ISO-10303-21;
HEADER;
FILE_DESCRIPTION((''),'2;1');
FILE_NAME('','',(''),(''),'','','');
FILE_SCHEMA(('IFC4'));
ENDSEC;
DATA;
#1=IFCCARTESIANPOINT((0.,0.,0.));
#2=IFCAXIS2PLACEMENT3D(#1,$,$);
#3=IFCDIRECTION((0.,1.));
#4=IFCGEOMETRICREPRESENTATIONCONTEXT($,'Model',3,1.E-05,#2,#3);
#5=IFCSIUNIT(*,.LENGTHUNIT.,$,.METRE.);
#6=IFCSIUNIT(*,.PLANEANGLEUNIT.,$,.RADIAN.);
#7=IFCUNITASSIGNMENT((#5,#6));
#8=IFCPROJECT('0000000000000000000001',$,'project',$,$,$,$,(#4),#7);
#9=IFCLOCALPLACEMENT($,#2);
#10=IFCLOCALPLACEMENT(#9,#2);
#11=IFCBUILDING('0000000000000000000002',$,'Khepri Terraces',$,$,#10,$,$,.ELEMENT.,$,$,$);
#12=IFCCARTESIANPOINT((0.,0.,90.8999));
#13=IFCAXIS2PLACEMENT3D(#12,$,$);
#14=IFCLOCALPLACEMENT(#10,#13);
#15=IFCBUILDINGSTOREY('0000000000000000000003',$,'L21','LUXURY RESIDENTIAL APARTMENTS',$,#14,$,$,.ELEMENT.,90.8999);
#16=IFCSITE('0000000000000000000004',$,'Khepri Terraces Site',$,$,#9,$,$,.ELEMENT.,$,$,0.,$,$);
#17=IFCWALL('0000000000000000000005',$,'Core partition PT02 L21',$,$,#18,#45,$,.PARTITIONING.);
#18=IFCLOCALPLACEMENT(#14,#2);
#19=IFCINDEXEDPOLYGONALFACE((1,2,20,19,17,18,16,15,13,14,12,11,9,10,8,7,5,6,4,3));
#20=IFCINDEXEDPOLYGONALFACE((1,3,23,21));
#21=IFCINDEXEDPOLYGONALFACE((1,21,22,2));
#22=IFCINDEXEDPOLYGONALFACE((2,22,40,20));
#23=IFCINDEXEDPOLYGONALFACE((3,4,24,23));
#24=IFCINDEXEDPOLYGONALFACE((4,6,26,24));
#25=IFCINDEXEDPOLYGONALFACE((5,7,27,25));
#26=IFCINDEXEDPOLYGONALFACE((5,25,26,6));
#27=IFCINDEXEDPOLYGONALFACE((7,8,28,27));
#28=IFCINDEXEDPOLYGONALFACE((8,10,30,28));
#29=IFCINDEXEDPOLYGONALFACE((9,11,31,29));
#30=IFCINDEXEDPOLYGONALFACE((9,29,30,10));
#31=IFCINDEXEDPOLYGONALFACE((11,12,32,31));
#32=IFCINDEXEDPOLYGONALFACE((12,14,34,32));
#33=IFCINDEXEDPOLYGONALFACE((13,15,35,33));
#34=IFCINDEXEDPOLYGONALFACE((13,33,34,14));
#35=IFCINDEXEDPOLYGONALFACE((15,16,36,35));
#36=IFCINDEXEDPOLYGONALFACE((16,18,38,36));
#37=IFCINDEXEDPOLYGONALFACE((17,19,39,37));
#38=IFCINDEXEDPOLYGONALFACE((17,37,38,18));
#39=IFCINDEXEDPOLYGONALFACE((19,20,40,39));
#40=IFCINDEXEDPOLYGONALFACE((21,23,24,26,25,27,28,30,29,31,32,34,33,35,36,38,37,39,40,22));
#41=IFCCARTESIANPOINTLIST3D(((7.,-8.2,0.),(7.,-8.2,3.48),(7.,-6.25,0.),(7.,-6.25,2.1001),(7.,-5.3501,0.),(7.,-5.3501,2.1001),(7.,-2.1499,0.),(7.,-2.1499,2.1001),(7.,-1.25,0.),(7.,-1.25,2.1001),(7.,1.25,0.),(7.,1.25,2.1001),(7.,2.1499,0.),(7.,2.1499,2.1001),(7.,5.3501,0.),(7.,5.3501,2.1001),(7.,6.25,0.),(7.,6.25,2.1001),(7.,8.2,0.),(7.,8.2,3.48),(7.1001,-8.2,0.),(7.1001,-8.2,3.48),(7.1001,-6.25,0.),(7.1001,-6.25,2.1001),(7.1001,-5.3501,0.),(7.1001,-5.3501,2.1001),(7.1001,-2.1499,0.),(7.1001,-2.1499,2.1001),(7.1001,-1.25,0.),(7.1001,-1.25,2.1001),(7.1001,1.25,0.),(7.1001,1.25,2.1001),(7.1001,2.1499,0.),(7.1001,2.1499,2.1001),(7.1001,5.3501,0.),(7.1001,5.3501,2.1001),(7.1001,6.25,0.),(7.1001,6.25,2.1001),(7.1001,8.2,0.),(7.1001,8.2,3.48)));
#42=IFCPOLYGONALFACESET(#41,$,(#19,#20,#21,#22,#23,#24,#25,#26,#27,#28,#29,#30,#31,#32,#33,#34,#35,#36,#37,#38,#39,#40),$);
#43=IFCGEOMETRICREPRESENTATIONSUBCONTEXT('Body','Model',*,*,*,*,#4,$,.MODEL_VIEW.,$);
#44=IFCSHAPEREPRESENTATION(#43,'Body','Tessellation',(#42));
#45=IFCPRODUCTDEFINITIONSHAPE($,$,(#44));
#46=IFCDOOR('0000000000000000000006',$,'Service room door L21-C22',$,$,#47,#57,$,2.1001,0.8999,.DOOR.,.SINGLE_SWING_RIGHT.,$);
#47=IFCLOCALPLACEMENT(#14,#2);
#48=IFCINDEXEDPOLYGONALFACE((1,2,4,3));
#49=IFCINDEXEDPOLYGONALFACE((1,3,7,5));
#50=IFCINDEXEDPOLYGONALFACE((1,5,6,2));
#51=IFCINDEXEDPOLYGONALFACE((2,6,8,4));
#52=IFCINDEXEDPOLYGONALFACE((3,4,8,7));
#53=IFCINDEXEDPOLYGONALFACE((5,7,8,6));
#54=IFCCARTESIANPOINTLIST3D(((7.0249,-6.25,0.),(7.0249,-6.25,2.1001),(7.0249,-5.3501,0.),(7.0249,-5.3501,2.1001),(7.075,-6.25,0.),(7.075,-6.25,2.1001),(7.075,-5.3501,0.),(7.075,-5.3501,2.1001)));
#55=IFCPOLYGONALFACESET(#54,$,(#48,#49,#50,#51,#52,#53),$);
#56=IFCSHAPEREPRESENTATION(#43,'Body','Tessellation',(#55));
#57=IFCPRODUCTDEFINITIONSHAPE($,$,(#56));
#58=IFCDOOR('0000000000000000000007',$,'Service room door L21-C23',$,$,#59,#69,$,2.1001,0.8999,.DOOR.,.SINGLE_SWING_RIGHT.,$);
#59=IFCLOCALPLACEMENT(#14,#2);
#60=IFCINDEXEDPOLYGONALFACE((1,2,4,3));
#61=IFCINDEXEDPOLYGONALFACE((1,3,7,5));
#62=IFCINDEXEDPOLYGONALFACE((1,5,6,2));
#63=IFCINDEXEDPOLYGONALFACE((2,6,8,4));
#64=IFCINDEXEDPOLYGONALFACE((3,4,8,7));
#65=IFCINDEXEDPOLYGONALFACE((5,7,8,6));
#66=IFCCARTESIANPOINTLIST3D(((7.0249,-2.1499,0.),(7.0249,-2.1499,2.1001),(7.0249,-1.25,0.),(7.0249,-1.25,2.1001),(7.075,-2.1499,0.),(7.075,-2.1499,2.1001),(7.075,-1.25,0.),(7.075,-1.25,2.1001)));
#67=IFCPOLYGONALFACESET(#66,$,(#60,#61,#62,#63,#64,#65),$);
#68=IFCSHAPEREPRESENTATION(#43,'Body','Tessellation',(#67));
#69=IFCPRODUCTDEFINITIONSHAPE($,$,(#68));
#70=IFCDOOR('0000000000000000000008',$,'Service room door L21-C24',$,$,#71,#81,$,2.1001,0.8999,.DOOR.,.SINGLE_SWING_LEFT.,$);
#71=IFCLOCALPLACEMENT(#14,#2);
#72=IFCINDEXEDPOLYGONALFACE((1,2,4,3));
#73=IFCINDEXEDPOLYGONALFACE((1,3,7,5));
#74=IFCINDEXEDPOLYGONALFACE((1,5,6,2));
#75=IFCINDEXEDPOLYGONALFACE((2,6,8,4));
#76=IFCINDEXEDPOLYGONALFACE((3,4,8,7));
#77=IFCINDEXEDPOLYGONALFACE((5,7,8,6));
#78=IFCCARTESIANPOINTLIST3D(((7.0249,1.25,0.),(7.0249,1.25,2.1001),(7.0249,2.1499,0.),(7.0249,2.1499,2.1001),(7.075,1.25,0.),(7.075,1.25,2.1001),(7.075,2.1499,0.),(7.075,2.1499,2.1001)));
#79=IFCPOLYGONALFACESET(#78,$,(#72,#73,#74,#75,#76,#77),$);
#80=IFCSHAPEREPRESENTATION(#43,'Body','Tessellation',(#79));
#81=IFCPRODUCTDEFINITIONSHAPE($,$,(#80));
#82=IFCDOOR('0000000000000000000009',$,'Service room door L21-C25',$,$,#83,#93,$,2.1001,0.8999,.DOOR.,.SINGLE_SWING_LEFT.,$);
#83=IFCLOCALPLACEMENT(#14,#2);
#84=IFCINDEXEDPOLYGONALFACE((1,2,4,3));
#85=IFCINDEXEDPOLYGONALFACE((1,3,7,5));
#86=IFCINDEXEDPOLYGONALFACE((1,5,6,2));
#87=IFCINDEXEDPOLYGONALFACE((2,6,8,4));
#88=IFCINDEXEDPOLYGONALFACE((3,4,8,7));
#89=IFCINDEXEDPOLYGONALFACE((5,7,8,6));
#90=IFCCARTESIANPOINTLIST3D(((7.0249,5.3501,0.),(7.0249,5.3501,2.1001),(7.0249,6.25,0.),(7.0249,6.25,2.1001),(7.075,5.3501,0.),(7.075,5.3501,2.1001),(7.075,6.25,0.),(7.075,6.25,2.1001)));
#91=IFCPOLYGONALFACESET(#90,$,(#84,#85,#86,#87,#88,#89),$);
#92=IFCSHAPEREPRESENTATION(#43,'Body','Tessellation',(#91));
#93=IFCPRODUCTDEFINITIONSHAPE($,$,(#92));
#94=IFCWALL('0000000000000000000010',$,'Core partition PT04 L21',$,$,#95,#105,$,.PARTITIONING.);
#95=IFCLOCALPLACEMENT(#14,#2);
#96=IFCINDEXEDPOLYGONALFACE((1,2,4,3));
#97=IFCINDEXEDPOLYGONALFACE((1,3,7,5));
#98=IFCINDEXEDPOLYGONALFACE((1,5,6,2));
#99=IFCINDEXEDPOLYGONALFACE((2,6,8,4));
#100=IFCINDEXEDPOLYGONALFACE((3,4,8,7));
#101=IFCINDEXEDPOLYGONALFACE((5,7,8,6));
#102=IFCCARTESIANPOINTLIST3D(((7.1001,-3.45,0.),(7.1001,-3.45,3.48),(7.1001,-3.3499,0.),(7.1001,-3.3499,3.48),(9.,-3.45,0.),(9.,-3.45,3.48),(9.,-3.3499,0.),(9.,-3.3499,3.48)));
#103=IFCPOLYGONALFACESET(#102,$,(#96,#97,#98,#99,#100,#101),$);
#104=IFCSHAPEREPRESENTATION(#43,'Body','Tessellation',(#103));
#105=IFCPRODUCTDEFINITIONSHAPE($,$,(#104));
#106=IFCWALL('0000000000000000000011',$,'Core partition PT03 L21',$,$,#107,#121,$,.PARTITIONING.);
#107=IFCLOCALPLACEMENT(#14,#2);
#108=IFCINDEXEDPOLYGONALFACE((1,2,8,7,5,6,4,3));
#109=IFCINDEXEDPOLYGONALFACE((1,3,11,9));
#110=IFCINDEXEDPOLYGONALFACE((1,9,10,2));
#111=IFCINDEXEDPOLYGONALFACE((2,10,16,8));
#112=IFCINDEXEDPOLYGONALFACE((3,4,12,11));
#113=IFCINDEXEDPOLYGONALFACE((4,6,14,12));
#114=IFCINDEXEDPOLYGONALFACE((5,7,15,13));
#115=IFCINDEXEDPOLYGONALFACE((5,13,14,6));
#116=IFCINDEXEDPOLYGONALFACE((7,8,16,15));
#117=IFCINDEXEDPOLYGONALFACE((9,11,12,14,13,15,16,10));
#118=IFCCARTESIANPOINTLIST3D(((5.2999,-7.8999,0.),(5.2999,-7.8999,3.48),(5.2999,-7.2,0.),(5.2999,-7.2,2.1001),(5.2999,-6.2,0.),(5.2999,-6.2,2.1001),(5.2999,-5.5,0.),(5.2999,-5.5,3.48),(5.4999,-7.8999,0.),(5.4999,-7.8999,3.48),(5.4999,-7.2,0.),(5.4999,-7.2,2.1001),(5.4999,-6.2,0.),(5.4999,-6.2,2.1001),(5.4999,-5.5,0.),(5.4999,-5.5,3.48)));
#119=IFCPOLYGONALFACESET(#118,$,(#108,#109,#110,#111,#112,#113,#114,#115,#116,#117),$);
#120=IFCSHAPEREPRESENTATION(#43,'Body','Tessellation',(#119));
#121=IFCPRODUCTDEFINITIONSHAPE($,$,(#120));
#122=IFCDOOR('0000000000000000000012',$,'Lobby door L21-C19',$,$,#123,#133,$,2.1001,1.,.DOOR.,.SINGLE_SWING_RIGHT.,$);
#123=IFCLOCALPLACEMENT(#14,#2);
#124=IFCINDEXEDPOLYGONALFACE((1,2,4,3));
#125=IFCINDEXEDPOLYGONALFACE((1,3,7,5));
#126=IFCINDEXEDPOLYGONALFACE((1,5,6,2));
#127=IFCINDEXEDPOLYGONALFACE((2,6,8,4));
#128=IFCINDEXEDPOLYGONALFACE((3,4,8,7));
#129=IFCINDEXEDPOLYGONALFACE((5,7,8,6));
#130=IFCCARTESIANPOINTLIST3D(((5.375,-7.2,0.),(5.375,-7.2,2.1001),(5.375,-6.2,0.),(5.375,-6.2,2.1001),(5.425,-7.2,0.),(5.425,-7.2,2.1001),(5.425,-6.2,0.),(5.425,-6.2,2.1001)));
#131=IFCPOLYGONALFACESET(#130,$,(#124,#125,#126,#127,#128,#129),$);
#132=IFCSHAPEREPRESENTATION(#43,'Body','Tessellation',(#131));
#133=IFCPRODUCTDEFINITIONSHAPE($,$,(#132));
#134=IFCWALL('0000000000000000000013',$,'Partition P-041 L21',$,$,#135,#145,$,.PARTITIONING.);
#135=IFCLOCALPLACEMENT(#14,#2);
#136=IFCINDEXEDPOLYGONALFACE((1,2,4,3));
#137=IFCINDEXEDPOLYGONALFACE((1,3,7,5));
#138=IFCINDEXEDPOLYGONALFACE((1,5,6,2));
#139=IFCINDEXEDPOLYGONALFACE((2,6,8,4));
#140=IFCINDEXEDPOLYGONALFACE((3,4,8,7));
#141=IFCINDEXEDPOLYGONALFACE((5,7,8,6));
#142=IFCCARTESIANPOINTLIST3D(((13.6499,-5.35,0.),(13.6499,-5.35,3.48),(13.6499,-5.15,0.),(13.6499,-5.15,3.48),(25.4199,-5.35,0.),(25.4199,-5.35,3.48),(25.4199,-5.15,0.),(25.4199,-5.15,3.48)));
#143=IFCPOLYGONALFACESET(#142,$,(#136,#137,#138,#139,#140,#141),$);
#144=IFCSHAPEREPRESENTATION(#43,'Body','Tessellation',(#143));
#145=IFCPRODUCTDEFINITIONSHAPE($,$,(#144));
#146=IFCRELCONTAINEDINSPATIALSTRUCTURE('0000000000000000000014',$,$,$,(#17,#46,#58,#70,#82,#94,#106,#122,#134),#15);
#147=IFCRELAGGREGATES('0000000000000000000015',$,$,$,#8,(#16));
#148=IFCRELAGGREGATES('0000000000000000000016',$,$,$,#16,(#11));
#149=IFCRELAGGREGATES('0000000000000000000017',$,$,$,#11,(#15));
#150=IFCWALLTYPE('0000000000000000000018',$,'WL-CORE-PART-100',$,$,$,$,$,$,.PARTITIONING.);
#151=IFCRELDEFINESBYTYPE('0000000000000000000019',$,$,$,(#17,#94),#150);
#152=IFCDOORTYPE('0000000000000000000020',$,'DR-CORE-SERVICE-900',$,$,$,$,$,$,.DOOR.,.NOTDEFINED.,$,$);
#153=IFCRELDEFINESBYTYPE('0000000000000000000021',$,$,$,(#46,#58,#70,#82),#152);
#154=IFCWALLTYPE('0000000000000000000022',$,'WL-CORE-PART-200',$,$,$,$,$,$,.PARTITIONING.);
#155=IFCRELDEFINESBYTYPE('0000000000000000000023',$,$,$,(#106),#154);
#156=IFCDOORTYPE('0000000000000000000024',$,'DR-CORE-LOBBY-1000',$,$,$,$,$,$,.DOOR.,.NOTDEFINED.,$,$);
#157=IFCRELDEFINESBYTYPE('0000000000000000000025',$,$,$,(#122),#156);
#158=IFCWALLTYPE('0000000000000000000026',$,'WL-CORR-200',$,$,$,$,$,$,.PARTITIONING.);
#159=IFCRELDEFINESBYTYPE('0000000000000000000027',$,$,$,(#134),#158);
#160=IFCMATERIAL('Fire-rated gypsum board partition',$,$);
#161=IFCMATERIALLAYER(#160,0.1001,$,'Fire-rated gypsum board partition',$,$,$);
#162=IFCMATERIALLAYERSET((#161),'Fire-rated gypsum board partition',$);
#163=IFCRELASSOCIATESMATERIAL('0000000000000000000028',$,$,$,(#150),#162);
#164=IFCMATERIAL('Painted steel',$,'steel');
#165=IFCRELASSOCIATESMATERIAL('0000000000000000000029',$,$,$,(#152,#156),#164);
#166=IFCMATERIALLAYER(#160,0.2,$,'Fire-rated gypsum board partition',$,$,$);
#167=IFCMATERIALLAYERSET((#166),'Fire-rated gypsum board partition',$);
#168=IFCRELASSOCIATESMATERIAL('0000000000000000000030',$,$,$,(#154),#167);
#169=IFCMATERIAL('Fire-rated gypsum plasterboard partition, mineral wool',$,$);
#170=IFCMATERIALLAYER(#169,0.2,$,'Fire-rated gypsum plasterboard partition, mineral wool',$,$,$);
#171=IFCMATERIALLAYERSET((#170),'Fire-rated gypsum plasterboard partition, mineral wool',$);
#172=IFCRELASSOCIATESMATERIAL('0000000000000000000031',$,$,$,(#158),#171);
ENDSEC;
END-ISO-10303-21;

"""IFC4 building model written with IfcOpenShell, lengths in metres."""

from ifc_helpers import new_model, si_unit, direction, frame, frame_2d, origin, place, context, subcontext, project, spatial, rectangle, extrude, material, layer, layer_set, type_object, element, fill, save


model = new_model("IFC4")

# Units and contexts
model_context = context("Model", 3, precision=1e-05, world=origin(), true_north=direction((0.0, 1.0)))
body_context = subcontext(model_context, "Body", "Model", "MODEL_VIEW")
ifc_project = project(units=[si_unit("LENGTHUNIT", "METRE"), si_unit("PLANEANGLEUNIT", "RADIAN")], contexts=[model_context])

# Site, building, storey
site_placement = place(None, origin())
site = spatial("IfcSite", under=ifc_project, at=site_placement, Name="Khepri Terraces Site", CompositionType="ELEMENT", RefElevation=0.0)
building_placement = place(site_placement, origin())
building = spatial("IfcBuilding", under=site, at=building_placement, Name="Khepri Terraces", CompositionType="ELEMENT")
storey_placement = place(building_placement, frame((0.0, 0.0, 90.8999)))
storey = spatial("IfcBuildingStorey", under=building, at=storey_placement, Name="L21", Description="LUXURY RESIDENTIAL APARTMENTS", CompositionType="ELEMENT", Elevation=90.8999)

# Shared definitions
ifc_material_1 = material(Name="Painted steel", Category="steel")

# Wall, openings, doors
ifc_material_2 = material(Name="Fire-rated gypsum board partition")
ifc_layer_1 = layer(ifc_material_2, 0.1001, Name="Fire-rated gypsum board partition")
ifc_layer_set_1 = layer_set([ifc_layer_1], Name="Fire-rated gypsum board partition")
wall_type_1 = type_object("IfcWallType", Name="WL-CORE-PART-100", PredefinedType="PARTITIONING", material=ifc_layer_set_1)
wall_1_placement = place(storey_placement, frame((7.05, -8.2, 0.0), z_axis=(0.0, 0.0, 1.0), x_axis=(0.0, 1.0, 0.0)))
wall_1 = element("IfcWall", 1, at=wall_1_placement, inside=storey, type_object=wall_type_1, Name="Core partition PT02 L21", PredefinedType="PARTITIONING", context=body_context, shape_type="SweptSolid", body=[
    extrude(rectangle(XDim=16.3999, YDim=0.1001, at=frame_2d((8.2, 0.0))), origin(), (0.0, 0.0, 1.0), 3.48),
])
opening_1_placement = place(wall_1_placement, frame((1.95, 0.0, 0.0)))
opening_1 = element("IfcOpeningElement", 2, at=opening_1_placement, cuts=wall_1, PredefinedType="OPENING", context=body_context, shape_type="SweptSolid", body=[
    extrude(rectangle(XDim=0.8999, YDim=2.1001, at=frame_2d((0.45, 1.05))), frame((0.0, 0.0601, 0.0), z_axis=(0.0, -1.0, 0.0), x_axis=(1.0, 0.0, 0.0)), (0.0, 0.0, 1.0), 0.1201),
])
opening_2_placement = place(wall_1_placement, frame((6.05, 0.0, 0.0)))
opening_2 = element("IfcOpeningElement", 3, at=opening_2_placement, cuts=wall_1, PredefinedType="OPENING", context=body_context, shape_type="SweptSolid", body=[
    extrude(rectangle(XDim=0.8999, YDim=2.1001, at=frame_2d((0.45, 1.05))), frame((0.0, 0.0601, 0.0), z_axis=(0.0, -1.0, 0.0), x_axis=(1.0, 0.0, 0.0)), (0.0, 0.0, 1.0), 0.1201),
])
opening_3_placement = place(wall_1_placement, frame((9.45, 0.0, 0.0)))
opening_3 = element("IfcOpeningElement", 4, at=opening_3_placement, cuts=wall_1, PredefinedType="OPENING", context=body_context, shape_type="SweptSolid", body=[
    extrude(rectangle(XDim=0.8999, YDim=2.1001, at=frame_2d((0.45, 1.05))), frame((0.0, 0.0601, 0.0), z_axis=(0.0, -1.0, 0.0), x_axis=(1.0, 0.0, 0.0)), (0.0, 0.0, 1.0), 0.1201),
])
opening_4_placement = place(wall_1_placement, frame((13.55, 0.0, 0.0)))
opening_4 = element("IfcOpeningElement", 5, at=opening_4_placement, cuts=wall_1, PredefinedType="OPENING", context=body_context, shape_type="SweptSolid", body=[
    extrude(rectangle(XDim=0.8999, YDim=2.1001, at=frame_2d((0.45, 1.05))), frame((0.0, 0.0601, 0.0), z_axis=(0.0, -1.0, 0.0), x_axis=(1.0, 0.0, 0.0)), (0.0, 0.0, 1.0), 0.1201),
])
door_type_1 = type_object("IfcDoorType", Name="DR-CORE-SERVICE-900", OperationType="NOTDEFINED", PredefinedType="DOOR", material=ifc_material_1)
door_1_placement = place(opening_1_placement, frame((0.8999, 0.0, 0.0), z_axis=(0.0, 0.0, 1.0), x_axis=(-1.0, 0.0, 0.0)))
door_1 = element("IfcDoor", 6, at=door_1_placement, inside=storey, type_object=door_type_1, Name="Service room door L21-C22", OperationType="SINGLE_SWING_RIGHT", OverallHeight=2.1001, OverallWidth=0.8999, PredefinedType="DOOR", context=body_context, shape_type="SweptSolid", body=[
    extrude(rectangle(XDim=0.8999, YDim=2.1001, at=frame_2d((0.45, 1.05))), frame((0.0, 0.0249, 0.0), z_axis=(0.0, -1.0, 0.0), x_axis=(1.0, 0.0, 0.0)), (0.0, 0.0, 1.0), 0.05),
])
fill(opening_1, door_1)
door_2_placement = place(opening_2_placement, frame((0.8999, 0.0, 0.0), z_axis=(0.0, 0.0, 1.0), x_axis=(-1.0, 0.0, 0.0)))
door_2 = element("IfcDoor", 7, at=door_2_placement, inside=storey, type_object=door_type_1, Name="Service room door L21-C23", OperationType="SINGLE_SWING_RIGHT", OverallHeight=2.1001, OverallWidth=0.8999, PredefinedType="DOOR", context=body_context, shape_type="SweptSolid", body=[
    extrude(rectangle(XDim=0.8999, YDim=2.1001, at=frame_2d((0.45, 1.05))), frame((0.0, 0.0249, 0.0), z_axis=(0.0, -1.0, 0.0), x_axis=(1.0, 0.0, 0.0)), (0.0, 0.0, 1.0), 0.05),
])
fill(opening_2, door_2)
door_3_placement = place(opening_3_placement, frame((0.8999, 0.0, 0.0), z_axis=(0.0, 0.0, 1.0), x_axis=(-1.0, 0.0, 0.0)))
door_3 = element("IfcDoor", 8, at=door_3_placement, inside=storey, type_object=door_type_1, Name="Service room door L21-C24", OperationType="SINGLE_SWING_LEFT", OverallHeight=2.1001, OverallWidth=0.8999, PredefinedType="DOOR", context=body_context, shape_type="SweptSolid", body=[
    extrude(rectangle(XDim=0.8999, YDim=2.1001, at=frame_2d((0.45, 1.05))), frame((0.0, 0.0249, 0.0), z_axis=(0.0, -1.0, 0.0), x_axis=(1.0, 0.0, 0.0)), (0.0, 0.0, 1.0), 0.05),
])
fill(opening_3, door_3)
door_4_placement = place(opening_4_placement, frame((0.8999, 0.0, 0.0), z_axis=(0.0, 0.0, 1.0), x_axis=(-1.0, 0.0, 0.0)))
door_4 = element("IfcDoor", 9, at=door_4_placement, inside=storey, type_object=door_type_1, Name="Service room door L21-C25", OperationType="SINGLE_SWING_LEFT", OverallHeight=2.1001, OverallWidth=0.8999, PredefinedType="DOOR", context=body_context, shape_type="SweptSolid", body=[
    extrude(rectangle(XDim=0.8999, YDim=2.1001, at=frame_2d((0.45, 1.05))), frame((0.0, 0.0249, 0.0), z_axis=(0.0, -1.0, 0.0), x_axis=(1.0, 0.0, 0.0)), (0.0, 0.0, 1.0), 0.05),
])
fill(opening_4, door_4)

# Wall
wall_2_placement = place(storey_placement, frame((7.1001, -3.3999, 0.0), z_axis=(0.0, 0.0, 1.0), x_axis=(1.0, 0.0, 0.0)))
element("IfcWall", 10, at=wall_2_placement, inside=storey, type_object=wall_type_1, Name="Core partition PT04 L21", PredefinedType="PARTITIONING", context=body_context, shape_type="SweptSolid", body=[
    extrude(rectangle(XDim=1.8999, YDim=0.1001, at=frame_2d((0.95, 0.0))), origin(), (0.0, 0.0, 1.0), 3.48),
])

# Wall, opening, door
ifc_layer_2 = layer(ifc_material_2, 0.2, Name="Fire-rated gypsum board partition")
ifc_layer_set_2 = layer_set([ifc_layer_2], Name="Fire-rated gypsum board partition")
wall_type_2 = type_object("IfcWallType", Name="WL-CORE-PART-200", PredefinedType="PARTITIONING", material=ifc_layer_set_2)
wall_3_placement = place(storey_placement, frame((5.3999, -7.8999, 0.0), z_axis=(0.0, 0.0, 1.0), x_axis=(0.0, 1.0, 0.0)))
wall_3 = element("IfcWall", 11, at=wall_3_placement, inside=storey, type_object=wall_type_2, Name="Core partition PT03 L21", PredefinedType="PARTITIONING", context=body_context, shape_type="SweptSolid", body=[
    extrude(rectangle(XDim=2.3999, YDim=0.2, at=frame_2d((1.2, 0.0))), origin(), (0.0, 0.0, 1.0), 3.48),
])
opening_5_placement = place(wall_3_placement, frame((0.7, 0.0, 0.0)))
opening_5 = element("IfcOpeningElement", 12, at=opening_5_placement, cuts=wall_3, PredefinedType="OPENING", context=body_context, shape_type="SweptSolid", body=[
    extrude(rectangle(XDim=1.0, YDim=2.1001, at=frame_2d((0.5, 1.05))), frame((0.0, 0.1099, 0.0), z_axis=(0.0, -1.0, 0.0), x_axis=(1.0, 0.0, 0.0)), (0.0, 0.0, 1.0), 0.22),
])
door_type_2 = type_object("IfcDoorType", Name="DR-CORE-LOBBY-1000", OperationType="NOTDEFINED", PredefinedType="DOOR", material=ifc_material_1)
door_5_placement = place(opening_5_placement, origin())
door_5 = element("IfcDoor", 13, at=door_5_placement, inside=storey, type_object=door_type_2, Name="Lobby door L21-C19", OperationType="SINGLE_SWING_RIGHT", OverallHeight=2.1001, OverallWidth=1.0, PredefinedType="DOOR", context=body_context, shape_type="SweptSolid", body=[
    extrude(rectangle(XDim=1.0, YDim=2.1001, at=frame_2d((0.5, 1.05))), frame((0.0, 0.0249, 0.0), z_axis=(0.0, -1.0, 0.0), x_axis=(1.0, 0.0, 0.0)), (0.0, 0.0, 1.0), 0.05),
])
fill(opening_5, door_5)

# Wall
ifc_material_3 = material(Name="Fire-rated gypsum plasterboard partition, mineral wool")
ifc_layer_3 = layer(ifc_material_3, 0.2, Name="Fire-rated gypsum plasterboard partition, mineral wool")
ifc_layer_set_3 = layer_set([ifc_layer_3], Name="Fire-rated gypsum plasterboard partition, mineral wool")
wall_type_3 = type_object("IfcWallType", Name="WL-CORR-200", PredefinedType="PARTITIONING", material=ifc_layer_set_3)
wall_4_placement = place(storey_placement, frame((13.6499, -5.25, 0.0), z_axis=(0.0, 0.0, 1.0), x_axis=(1.0, 0.0, 0.0)))
element("IfcWall", 14, at=wall_4_placement, inside=storey, type_object=wall_type_3, Name="Partition P-041 L21", PredefinedType="PARTITIONING", context=body_context, shape_type="SweptSolid", body=[
    extrude(rectangle(XDim=11.77, YDim=0.2, at=frame_2d((5.885, 0.0))), origin(), (0.0, 0.0, 1.0), 3.48),
])

save(model, "model.ifc")
